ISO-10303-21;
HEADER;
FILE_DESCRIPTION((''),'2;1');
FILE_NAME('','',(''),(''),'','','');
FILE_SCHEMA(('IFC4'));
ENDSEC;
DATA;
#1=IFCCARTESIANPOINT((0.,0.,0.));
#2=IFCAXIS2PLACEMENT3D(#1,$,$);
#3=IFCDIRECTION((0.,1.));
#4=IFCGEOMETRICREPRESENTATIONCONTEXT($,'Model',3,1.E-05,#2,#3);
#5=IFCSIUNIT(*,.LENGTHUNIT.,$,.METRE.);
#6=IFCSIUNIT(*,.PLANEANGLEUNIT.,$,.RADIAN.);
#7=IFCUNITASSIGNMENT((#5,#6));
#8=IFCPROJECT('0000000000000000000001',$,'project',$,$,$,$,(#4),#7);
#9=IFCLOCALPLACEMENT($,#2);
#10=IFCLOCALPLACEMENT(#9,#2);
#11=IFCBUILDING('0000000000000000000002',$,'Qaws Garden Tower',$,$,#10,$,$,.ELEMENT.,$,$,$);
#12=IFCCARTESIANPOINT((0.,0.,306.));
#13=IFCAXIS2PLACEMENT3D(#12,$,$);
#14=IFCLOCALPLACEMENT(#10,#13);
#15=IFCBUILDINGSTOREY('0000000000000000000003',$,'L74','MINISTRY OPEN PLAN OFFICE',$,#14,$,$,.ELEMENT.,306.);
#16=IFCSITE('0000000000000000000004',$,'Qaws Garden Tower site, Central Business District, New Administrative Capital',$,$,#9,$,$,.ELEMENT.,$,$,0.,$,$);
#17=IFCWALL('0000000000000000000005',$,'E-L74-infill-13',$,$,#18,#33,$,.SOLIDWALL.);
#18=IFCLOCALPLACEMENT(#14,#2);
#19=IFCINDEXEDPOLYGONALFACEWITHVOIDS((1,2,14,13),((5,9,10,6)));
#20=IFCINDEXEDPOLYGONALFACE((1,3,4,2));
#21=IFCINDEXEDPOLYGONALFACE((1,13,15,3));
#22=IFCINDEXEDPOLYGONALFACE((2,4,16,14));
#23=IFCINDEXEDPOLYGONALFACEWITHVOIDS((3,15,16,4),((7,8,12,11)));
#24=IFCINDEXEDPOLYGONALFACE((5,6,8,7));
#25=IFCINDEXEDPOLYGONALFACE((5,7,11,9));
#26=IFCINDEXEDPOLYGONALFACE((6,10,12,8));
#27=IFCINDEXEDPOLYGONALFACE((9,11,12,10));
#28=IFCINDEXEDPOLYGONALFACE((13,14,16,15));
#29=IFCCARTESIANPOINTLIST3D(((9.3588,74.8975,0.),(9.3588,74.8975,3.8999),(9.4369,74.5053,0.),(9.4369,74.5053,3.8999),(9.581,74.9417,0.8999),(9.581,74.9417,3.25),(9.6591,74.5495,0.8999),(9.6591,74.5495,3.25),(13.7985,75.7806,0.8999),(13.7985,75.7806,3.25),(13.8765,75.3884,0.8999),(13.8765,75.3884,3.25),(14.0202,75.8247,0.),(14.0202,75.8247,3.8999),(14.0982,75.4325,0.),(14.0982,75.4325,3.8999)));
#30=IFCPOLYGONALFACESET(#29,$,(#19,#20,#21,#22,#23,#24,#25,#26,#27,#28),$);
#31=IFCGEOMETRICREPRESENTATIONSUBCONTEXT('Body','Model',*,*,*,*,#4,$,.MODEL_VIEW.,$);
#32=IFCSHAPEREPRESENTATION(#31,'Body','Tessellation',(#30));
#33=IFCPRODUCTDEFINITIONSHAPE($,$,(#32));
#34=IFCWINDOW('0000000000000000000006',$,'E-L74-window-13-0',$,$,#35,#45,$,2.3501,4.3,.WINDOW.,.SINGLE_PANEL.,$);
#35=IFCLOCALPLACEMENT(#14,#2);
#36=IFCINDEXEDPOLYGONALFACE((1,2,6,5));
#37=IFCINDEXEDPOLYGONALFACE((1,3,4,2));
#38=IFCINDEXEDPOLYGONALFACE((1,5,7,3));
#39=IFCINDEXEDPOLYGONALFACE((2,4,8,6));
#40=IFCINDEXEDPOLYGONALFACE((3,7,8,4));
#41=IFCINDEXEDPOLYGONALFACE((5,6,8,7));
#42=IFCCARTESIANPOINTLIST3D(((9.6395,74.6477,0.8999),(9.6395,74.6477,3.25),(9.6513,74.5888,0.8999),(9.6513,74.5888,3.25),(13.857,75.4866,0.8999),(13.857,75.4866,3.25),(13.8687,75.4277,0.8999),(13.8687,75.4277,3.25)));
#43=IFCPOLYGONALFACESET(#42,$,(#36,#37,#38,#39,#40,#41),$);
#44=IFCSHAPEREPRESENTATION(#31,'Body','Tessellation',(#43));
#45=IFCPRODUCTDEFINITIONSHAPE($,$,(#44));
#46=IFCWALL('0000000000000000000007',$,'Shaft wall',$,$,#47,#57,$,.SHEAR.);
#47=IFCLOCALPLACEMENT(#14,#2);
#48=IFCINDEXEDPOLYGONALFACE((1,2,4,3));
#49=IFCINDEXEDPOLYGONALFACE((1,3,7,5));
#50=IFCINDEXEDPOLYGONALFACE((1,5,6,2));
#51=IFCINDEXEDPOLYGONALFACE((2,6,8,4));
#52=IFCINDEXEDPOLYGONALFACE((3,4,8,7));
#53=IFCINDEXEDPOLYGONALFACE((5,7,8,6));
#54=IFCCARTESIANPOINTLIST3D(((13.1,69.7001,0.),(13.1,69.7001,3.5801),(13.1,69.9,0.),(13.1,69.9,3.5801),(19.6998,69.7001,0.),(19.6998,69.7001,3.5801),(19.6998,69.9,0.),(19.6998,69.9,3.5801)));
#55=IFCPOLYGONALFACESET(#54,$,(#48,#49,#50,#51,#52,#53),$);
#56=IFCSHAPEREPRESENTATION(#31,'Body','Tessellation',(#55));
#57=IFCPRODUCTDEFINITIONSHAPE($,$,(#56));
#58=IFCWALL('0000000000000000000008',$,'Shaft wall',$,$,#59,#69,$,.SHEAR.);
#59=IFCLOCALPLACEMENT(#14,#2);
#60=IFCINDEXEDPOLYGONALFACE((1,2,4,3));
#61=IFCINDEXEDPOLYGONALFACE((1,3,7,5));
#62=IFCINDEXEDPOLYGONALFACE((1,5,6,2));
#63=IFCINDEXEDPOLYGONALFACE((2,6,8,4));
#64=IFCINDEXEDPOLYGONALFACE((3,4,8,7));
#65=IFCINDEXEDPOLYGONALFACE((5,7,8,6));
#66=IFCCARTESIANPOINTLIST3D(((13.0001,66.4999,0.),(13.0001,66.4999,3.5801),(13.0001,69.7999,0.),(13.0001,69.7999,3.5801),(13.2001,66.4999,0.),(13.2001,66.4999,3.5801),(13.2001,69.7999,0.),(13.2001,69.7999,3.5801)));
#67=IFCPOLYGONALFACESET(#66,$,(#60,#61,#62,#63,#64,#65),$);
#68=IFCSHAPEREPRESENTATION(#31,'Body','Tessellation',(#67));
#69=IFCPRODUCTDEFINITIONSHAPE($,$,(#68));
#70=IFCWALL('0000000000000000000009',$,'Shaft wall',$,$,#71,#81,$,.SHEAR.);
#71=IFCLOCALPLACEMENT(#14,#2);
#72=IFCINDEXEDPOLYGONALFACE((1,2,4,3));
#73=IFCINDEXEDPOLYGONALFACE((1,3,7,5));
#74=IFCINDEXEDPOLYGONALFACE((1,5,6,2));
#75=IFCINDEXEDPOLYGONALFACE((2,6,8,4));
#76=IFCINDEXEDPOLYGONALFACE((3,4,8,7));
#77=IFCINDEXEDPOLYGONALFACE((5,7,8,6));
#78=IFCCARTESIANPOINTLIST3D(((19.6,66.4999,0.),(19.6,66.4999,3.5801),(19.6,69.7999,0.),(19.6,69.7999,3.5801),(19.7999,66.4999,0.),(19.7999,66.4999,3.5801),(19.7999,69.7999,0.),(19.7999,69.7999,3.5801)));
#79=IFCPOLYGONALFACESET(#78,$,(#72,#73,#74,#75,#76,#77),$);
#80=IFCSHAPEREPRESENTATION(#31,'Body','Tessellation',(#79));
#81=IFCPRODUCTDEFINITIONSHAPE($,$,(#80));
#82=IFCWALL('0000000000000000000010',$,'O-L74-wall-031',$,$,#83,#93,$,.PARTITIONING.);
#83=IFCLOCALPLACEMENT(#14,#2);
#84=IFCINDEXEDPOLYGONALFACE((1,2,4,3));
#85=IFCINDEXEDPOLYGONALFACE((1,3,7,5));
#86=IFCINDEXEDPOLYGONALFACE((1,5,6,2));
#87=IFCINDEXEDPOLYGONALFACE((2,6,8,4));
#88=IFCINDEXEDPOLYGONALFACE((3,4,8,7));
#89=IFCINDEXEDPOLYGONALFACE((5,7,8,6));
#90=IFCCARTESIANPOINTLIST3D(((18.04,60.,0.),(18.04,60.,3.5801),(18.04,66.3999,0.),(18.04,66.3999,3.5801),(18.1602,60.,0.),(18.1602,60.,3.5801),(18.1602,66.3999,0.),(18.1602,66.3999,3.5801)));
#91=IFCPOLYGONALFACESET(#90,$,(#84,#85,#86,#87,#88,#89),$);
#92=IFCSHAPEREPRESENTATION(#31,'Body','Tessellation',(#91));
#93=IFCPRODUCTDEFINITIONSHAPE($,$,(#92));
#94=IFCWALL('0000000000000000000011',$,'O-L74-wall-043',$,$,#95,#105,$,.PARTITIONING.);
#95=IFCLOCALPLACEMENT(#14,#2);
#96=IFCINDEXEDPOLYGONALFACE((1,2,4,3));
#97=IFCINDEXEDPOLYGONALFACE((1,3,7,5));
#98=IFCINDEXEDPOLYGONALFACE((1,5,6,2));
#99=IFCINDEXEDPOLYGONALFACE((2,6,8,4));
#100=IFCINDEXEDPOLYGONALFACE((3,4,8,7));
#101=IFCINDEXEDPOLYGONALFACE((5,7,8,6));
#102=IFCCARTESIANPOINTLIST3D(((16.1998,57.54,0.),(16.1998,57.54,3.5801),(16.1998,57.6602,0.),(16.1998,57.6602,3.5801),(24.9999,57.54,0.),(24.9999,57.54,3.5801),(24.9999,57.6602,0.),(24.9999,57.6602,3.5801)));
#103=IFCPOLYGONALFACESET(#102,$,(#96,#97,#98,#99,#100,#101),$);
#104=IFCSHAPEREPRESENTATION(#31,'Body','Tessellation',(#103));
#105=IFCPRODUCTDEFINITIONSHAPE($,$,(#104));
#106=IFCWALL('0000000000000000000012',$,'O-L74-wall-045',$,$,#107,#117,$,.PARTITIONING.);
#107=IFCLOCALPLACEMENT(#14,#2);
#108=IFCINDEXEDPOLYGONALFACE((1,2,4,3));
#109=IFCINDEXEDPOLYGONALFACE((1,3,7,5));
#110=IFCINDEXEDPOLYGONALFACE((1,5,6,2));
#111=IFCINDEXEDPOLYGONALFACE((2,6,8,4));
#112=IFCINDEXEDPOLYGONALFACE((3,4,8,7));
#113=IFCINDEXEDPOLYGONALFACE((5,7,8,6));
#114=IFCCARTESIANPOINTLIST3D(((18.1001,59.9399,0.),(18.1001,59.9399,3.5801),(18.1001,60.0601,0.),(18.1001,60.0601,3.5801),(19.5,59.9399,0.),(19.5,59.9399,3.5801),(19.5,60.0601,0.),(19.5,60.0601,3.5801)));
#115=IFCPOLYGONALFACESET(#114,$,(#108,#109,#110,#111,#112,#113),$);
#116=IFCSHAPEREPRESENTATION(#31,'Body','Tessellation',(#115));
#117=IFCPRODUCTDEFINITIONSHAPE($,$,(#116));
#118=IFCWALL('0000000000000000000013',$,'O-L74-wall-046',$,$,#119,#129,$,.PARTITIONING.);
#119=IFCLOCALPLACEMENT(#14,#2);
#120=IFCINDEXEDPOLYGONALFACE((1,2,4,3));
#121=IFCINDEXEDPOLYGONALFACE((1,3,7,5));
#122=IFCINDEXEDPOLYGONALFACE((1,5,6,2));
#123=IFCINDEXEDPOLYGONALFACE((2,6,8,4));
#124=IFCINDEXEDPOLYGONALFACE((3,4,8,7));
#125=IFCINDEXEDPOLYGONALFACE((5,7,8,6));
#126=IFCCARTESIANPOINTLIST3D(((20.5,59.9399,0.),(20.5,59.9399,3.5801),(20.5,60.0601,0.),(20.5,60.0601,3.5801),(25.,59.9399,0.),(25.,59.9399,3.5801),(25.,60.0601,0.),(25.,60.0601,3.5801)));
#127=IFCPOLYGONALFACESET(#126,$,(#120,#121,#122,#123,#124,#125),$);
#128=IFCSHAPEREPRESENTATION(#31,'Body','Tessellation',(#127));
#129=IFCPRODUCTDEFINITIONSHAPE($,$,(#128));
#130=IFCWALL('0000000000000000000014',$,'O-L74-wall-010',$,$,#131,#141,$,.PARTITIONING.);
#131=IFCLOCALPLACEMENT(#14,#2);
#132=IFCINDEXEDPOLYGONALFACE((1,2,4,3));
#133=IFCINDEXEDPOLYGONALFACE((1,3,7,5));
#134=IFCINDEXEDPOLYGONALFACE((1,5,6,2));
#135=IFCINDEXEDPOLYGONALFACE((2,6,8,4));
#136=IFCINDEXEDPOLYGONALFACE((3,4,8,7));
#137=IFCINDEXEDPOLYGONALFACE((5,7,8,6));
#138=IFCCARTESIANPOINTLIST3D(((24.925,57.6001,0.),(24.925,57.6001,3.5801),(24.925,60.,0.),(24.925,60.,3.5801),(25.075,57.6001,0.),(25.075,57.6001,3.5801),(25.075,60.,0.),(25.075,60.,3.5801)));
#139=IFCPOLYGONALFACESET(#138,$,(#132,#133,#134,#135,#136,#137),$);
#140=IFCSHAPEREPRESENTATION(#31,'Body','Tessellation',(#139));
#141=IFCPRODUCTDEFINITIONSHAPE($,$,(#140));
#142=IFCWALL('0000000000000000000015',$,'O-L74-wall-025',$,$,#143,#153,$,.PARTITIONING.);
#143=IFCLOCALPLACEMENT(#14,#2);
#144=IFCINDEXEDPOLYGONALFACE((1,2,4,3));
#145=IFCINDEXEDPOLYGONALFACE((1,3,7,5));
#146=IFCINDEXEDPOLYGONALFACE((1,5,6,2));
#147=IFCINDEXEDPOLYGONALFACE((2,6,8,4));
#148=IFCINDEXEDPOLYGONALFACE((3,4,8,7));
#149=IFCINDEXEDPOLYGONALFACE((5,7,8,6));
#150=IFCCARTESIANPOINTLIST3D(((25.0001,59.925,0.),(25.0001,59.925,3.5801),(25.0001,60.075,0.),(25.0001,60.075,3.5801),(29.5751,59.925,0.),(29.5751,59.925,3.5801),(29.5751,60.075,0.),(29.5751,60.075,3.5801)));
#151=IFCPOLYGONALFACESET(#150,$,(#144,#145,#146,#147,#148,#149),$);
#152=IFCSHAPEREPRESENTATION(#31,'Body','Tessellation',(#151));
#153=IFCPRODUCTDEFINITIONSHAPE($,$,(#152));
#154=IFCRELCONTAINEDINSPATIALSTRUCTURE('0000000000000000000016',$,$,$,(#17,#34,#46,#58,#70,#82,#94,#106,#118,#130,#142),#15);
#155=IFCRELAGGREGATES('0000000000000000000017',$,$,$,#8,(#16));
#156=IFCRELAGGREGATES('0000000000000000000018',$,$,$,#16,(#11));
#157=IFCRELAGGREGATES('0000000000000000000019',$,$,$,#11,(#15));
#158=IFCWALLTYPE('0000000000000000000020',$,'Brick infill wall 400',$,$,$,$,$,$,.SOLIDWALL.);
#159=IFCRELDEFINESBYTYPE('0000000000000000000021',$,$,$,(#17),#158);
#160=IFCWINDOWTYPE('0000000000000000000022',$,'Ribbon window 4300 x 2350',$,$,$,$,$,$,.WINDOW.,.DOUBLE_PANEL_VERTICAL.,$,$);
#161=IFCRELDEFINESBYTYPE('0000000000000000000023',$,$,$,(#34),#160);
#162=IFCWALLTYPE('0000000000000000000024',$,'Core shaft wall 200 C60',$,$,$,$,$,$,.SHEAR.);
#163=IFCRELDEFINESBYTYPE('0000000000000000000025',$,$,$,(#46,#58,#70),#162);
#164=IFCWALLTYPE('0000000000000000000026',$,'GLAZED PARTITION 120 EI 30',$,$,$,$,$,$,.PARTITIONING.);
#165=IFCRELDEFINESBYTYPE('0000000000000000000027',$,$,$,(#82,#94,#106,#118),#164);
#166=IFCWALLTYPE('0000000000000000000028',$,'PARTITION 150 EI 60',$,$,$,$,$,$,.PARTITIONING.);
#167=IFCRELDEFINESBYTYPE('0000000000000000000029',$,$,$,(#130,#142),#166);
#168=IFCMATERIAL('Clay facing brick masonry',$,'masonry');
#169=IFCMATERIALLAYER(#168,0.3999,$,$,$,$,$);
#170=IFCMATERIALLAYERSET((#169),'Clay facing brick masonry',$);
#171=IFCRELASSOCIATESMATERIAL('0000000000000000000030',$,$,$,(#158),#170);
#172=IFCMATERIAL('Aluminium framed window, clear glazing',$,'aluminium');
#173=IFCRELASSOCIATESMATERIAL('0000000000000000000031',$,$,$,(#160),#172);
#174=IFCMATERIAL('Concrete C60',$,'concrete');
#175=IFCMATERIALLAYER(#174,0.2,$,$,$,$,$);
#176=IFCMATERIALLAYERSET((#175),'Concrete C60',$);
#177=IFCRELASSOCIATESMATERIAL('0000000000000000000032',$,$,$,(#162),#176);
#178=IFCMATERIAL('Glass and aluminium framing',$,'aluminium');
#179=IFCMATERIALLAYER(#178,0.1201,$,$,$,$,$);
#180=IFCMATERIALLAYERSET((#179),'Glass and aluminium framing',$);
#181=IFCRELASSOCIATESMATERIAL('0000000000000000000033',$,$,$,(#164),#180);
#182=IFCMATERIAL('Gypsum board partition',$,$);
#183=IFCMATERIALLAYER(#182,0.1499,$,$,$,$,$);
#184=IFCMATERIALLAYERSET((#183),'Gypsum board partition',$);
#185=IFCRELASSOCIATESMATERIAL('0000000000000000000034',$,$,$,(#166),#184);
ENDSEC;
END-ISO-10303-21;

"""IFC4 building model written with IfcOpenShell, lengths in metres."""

from ifc_helpers import new_model, si_unit, direction, frame, frame_2d, origin, place, context, subcontext, project, spatial, rectangle, extrude, material, layer, layer_set, type_object, element, fill, save


model = new_model("IFC4")

# Units and contexts
model_context = context("Model", 3, precision=1e-05, world=origin(), true_north=direction((0.0, 1.0)))
body_context = subcontext(model_context, "Body", "Model", "MODEL_VIEW")
ifc_project = project(units=[si_unit("LENGTHUNIT", "METRE"), si_unit("PLANEANGLEUNIT", "RADIAN")], contexts=[model_context])

# Site, building, storey
site_placement = place(None, origin())
site = spatial("IfcSite", under=ifc_project, at=site_placement, Name="Qaws Garden Tower site, Central Business District, New Administrative Capital", CompositionType="ELEMENT", RefElevation=0.0)
building_placement = place(site_placement, origin())
building = spatial("IfcBuilding", under=site, at=building_placement, Name="Qaws Garden Tower", CompositionType="ELEMENT")
storey_placement = place(building_placement, frame((0.0, 0.0, 306.0)))
storey = spatial("IfcBuildingStorey", under=building, at=storey_placement, Name="L74", Description="MINISTRY OPEN PLAN OFFICE", CompositionType="ELEMENT", Elevation=306.0)

# Wall, opening, window
ifc_material_1 = material(Name="Clay facing brick masonry", Category="masonry")
ifc_layer_1 = layer(ifc_material_1, 0.3999)
ifc_layer_set_1 = layer_set([ifc_layer_1], Name="Clay facing brick masonry")
wall_type_1 = type_object("IfcWallType", Name="Brick infill wall 400", PredefinedType="SOLIDWALL", material=ifc_layer_set_1)
ifc_material_2 = material(Name="Aluminium framed window, clear glazing", Category="aluminium")
window_type = type_object("IfcWindowType", Name="Ribbon window 4300 x 2350", PartitioningType="DOUBLE_PANEL_VERTICAL", PredefinedType="WINDOW", material=ifc_material_2)
wall_1_placement = place(storey_placement, frame((14.0593, 75.6287, 0.0), z_axis=(0.0, 0.0, 1.0), x_axis=(-0.980784, -0.195099, 0.0)))
wall_1 = element("IfcWall", 1, at=wall_1_placement, inside=storey, type_object=wall_type_1, Name="E-L74-infill-13", PredefinedType="SOLIDWALL", context=body_context, shape_type="SweptSolid", body=[
    extrude(rectangle(XDim=4.7527, YDim=0.3999, at=frame_2d((2.3765, 0.0))), origin(), (0.0, 0.0, 1.0), 3.8999),
])
opening_1_placement = place(wall_1_placement, frame((0.2263, 0.0, 0.8999)))
opening_1 = element("IfcOpeningElement", 2, at=opening_1_placement, cuts=wall_1, PredefinedType="OPENING", context=body_context, shape_type="SweptSolid", body=[
    extrude(rectangle(XDim=4.3, YDim=2.3501, at=frame_2d((2.1499, 1.175))), frame((0.0, 0.21, 0.0), z_axis=(0.0, -1.0, 0.0), x_axis=(1.0, 0.0, 0.0)), (0.0, 0.0, 1.0), 0.4199),
])
window_1_placement = place(opening_1_placement, origin())
window_1 = element("IfcWindow", 3, at=window_1_placement, inside=storey, type_object=window_type, Name="E-L74-window-13-0", OverallHeight=2.3501, OverallWidth=4.3, PartitioningType="SINGLE_PANEL", PredefinedType="WINDOW", context=body_context, shape_type="SweptSolid", body=[
    extrude(rectangle(XDim=4.3, YDim=2.3501, at=frame_2d((2.1499, 1.175))), frame((0.0, 0.1599, 0.0), z_axis=(0.0, -1.0, 0.0), x_axis=(1.0, 0.0, 0.0)), (0.0, 0.0, 1.0), 0.0601),
])
fill(opening_1, window_1)

# Walls
ifc_material_3 = material(Name="Concrete C60", Category="concrete")
ifc_layer_2 = layer(ifc_material_3, 0.2)
ifc_layer_set_2 = layer_set([ifc_layer_2], Name="Concrete C60")
wall_type_2 = type_object("IfcWallType", Name="Core shaft wall 200 C60", PredefinedType="SHEAR", material=ifc_layer_set_2)
wall_2_placement = place(storey_placement, frame((13.1001, 69.8, 0.0), z_axis=(0.0, 0.0, 1.0), x_axis=(1.0, 0.0, 0.0)))
element("IfcWall", 4, at=wall_2_placement, inside=storey, type_object=wall_type_2, Name="Shaft wall", PredefinedType="SHEAR", context=body_context, shape_type="SweptSolid", body=[
    extrude(rectangle(XDim=6.5999, YDim=0.2, at=frame_2d((3.2998, 0.0))), origin(), (0.0, 0.0, 1.0), 3.5801),
])
for number, where, z_axis, x_axis, name in (
    (5, (13.1001, 66.5, 0.0), (0.0, 0.0, 1.0), (0.0, 1.0, 0.0), "Shaft wall"),
    (6, (19.7, 66.5, 0.0), (0.0, 0.0, 1.0), (0.0, 1.0, 0.0), "Shaft wall"),
):
    element("IfcWall", number, at=place(storey_placement, frame(where, z_axis=z_axis, x_axis=x_axis)), inside=storey, type_object=wall_type_2, Name=name, PredefinedType="SHEAR", context=body_context, shape_type="SweptSolid", body=[
        extrude(rectangle(XDim=3.3, YDim=0.2, at=frame_2d((1.6499, 0.0))), origin(), (0.0, 0.0, 1.0), 3.5801),
    ])
ifc_material_4 = material(Name="Glass and aluminium framing", Category="aluminium")
ifc_layer_3 = layer(ifc_material_4, 0.1201)
ifc_layer_set_3 = layer_set([ifc_layer_3], Name="Glass and aluminium framing")
wall_type_3 = type_object("IfcWallType", Name="GLAZED PARTITION 120 EI 30", PredefinedType="PARTITIONING", material=ifc_layer_set_3)
wall_3_placement = place(storey_placement, frame((18.1001, 60.0, 0.0), z_axis=(0.0, 0.0, 1.0), x_axis=(0.0, 1.0, 0.0)))
element("IfcWall", 7, at=wall_3_placement, inside=storey, type_object=wall_type_3, Name="O-L74-wall-031", PredefinedType="PARTITIONING", context=body_context, shape_type="SweptSolid", body=[
    extrude(rectangle(XDim=6.3999, YDim=0.1201, at=frame_2d((3.2, 0.0))), origin(), (0.0, 0.0, 1.0), 3.5801),
])
wall_4_placement = place(storey_placement, frame((16.2, 57.6001, 0.0), z_axis=(0.0, 0.0, 1.0), x_axis=(1.0, 0.0, 0.0)))
element("IfcWall", 8, at=wall_4_placement, inside=storey, type_object=wall_type_3, Name="O-L74-wall-043", PredefinedType="PARTITIONING", context=body_context, shape_type="SweptSolid", body=[
    extrude(rectangle(XDim=8.8, YDim=0.1201, at=frame_2d((4.3999, 0.0))), origin(), (0.0, 0.0, 1.0), 3.5801),
])
wall_5_placement = place(storey_placement, frame((18.1001, 60.0, 0.0), z_axis=(0.0, 0.0, 1.0), x_axis=(1.0, 0.0, 0.0)))
element("IfcWall", 9, at=wall_5_placement, inside=storey, type_object=wall_type_3, Name="O-L74-wall-045", PredefinedType="PARTITIONING", context=body_context, shape_type="SweptSolid", body=[
    extrude(rectangle(XDim=1.3999, YDim=0.1201, at=frame_2d((0.7, 0.0))), origin(), (0.0, 0.0, 1.0), 3.5801),
])
wall_6_placement = place(storey_placement, frame((20.5, 60.0, 0.0), z_axis=(0.0, 0.0, 1.0), x_axis=(1.0, 0.0, 0.0)))
element("IfcWall", 10, at=wall_6_placement, inside=storey, type_object=wall_type_3, Name="O-L74-wall-046", PredefinedType="PARTITIONING", context=body_context, shape_type="SweptSolid", body=[
    extrude(rectangle(XDim=4.5, YDim=0.1201, at=frame_2d((2.25, 0.0))), origin(), (0.0, 0.0, 1.0), 3.5801),
])
ifc_material_5 = material(Name="Gypsum board partition")
ifc_layer_4 = layer(ifc_material_5, 0.1499)
ifc_layer_set_4 = layer_set([ifc_layer_4], Name="Gypsum board partition")
wall_type_4 = type_object("IfcWallType", Name="PARTITION 150 EI 60", PredefinedType="PARTITIONING", material=ifc_layer_set_4)
wall_7_placement = place(storey_placement, frame((25.0, 57.6001, 0.0), z_axis=(0.0, 0.0, 1.0), x_axis=(0.0, 1.0, 0.0)))
element("IfcWall", 11, at=wall_7_placement, inside=storey, type_object=wall_type_4, Name="O-L74-wall-010", PredefinedType="PARTITIONING", context=body_context, shape_type="SweptSolid", body=[
    extrude(rectangle(XDim=2.3999, YDim=0.1499, at=frame_2d((1.2, 0.0))), origin(), (0.0, 0.0, 1.0), 3.5801),
])
wall_8_placement = place(storey_placement, frame((25.0, 60.0, 0.0), z_axis=(0.0, 0.0, 1.0), x_axis=(1.0, 0.0, 0.0)))
element("IfcWall", 12, at=wall_8_placement, inside=storey, type_object=wall_type_4, Name="O-L74-wall-025", PredefinedType="PARTITIONING", context=body_context, shape_type="SweptSolid", body=[
    extrude(rectangle(XDim=4.575, YDim=0.1499, at=frame_2d((2.2876, 0.0))), origin(), (0.0, 0.0, 1.0), 3.5801),
])

save(model, "model.ifc")
